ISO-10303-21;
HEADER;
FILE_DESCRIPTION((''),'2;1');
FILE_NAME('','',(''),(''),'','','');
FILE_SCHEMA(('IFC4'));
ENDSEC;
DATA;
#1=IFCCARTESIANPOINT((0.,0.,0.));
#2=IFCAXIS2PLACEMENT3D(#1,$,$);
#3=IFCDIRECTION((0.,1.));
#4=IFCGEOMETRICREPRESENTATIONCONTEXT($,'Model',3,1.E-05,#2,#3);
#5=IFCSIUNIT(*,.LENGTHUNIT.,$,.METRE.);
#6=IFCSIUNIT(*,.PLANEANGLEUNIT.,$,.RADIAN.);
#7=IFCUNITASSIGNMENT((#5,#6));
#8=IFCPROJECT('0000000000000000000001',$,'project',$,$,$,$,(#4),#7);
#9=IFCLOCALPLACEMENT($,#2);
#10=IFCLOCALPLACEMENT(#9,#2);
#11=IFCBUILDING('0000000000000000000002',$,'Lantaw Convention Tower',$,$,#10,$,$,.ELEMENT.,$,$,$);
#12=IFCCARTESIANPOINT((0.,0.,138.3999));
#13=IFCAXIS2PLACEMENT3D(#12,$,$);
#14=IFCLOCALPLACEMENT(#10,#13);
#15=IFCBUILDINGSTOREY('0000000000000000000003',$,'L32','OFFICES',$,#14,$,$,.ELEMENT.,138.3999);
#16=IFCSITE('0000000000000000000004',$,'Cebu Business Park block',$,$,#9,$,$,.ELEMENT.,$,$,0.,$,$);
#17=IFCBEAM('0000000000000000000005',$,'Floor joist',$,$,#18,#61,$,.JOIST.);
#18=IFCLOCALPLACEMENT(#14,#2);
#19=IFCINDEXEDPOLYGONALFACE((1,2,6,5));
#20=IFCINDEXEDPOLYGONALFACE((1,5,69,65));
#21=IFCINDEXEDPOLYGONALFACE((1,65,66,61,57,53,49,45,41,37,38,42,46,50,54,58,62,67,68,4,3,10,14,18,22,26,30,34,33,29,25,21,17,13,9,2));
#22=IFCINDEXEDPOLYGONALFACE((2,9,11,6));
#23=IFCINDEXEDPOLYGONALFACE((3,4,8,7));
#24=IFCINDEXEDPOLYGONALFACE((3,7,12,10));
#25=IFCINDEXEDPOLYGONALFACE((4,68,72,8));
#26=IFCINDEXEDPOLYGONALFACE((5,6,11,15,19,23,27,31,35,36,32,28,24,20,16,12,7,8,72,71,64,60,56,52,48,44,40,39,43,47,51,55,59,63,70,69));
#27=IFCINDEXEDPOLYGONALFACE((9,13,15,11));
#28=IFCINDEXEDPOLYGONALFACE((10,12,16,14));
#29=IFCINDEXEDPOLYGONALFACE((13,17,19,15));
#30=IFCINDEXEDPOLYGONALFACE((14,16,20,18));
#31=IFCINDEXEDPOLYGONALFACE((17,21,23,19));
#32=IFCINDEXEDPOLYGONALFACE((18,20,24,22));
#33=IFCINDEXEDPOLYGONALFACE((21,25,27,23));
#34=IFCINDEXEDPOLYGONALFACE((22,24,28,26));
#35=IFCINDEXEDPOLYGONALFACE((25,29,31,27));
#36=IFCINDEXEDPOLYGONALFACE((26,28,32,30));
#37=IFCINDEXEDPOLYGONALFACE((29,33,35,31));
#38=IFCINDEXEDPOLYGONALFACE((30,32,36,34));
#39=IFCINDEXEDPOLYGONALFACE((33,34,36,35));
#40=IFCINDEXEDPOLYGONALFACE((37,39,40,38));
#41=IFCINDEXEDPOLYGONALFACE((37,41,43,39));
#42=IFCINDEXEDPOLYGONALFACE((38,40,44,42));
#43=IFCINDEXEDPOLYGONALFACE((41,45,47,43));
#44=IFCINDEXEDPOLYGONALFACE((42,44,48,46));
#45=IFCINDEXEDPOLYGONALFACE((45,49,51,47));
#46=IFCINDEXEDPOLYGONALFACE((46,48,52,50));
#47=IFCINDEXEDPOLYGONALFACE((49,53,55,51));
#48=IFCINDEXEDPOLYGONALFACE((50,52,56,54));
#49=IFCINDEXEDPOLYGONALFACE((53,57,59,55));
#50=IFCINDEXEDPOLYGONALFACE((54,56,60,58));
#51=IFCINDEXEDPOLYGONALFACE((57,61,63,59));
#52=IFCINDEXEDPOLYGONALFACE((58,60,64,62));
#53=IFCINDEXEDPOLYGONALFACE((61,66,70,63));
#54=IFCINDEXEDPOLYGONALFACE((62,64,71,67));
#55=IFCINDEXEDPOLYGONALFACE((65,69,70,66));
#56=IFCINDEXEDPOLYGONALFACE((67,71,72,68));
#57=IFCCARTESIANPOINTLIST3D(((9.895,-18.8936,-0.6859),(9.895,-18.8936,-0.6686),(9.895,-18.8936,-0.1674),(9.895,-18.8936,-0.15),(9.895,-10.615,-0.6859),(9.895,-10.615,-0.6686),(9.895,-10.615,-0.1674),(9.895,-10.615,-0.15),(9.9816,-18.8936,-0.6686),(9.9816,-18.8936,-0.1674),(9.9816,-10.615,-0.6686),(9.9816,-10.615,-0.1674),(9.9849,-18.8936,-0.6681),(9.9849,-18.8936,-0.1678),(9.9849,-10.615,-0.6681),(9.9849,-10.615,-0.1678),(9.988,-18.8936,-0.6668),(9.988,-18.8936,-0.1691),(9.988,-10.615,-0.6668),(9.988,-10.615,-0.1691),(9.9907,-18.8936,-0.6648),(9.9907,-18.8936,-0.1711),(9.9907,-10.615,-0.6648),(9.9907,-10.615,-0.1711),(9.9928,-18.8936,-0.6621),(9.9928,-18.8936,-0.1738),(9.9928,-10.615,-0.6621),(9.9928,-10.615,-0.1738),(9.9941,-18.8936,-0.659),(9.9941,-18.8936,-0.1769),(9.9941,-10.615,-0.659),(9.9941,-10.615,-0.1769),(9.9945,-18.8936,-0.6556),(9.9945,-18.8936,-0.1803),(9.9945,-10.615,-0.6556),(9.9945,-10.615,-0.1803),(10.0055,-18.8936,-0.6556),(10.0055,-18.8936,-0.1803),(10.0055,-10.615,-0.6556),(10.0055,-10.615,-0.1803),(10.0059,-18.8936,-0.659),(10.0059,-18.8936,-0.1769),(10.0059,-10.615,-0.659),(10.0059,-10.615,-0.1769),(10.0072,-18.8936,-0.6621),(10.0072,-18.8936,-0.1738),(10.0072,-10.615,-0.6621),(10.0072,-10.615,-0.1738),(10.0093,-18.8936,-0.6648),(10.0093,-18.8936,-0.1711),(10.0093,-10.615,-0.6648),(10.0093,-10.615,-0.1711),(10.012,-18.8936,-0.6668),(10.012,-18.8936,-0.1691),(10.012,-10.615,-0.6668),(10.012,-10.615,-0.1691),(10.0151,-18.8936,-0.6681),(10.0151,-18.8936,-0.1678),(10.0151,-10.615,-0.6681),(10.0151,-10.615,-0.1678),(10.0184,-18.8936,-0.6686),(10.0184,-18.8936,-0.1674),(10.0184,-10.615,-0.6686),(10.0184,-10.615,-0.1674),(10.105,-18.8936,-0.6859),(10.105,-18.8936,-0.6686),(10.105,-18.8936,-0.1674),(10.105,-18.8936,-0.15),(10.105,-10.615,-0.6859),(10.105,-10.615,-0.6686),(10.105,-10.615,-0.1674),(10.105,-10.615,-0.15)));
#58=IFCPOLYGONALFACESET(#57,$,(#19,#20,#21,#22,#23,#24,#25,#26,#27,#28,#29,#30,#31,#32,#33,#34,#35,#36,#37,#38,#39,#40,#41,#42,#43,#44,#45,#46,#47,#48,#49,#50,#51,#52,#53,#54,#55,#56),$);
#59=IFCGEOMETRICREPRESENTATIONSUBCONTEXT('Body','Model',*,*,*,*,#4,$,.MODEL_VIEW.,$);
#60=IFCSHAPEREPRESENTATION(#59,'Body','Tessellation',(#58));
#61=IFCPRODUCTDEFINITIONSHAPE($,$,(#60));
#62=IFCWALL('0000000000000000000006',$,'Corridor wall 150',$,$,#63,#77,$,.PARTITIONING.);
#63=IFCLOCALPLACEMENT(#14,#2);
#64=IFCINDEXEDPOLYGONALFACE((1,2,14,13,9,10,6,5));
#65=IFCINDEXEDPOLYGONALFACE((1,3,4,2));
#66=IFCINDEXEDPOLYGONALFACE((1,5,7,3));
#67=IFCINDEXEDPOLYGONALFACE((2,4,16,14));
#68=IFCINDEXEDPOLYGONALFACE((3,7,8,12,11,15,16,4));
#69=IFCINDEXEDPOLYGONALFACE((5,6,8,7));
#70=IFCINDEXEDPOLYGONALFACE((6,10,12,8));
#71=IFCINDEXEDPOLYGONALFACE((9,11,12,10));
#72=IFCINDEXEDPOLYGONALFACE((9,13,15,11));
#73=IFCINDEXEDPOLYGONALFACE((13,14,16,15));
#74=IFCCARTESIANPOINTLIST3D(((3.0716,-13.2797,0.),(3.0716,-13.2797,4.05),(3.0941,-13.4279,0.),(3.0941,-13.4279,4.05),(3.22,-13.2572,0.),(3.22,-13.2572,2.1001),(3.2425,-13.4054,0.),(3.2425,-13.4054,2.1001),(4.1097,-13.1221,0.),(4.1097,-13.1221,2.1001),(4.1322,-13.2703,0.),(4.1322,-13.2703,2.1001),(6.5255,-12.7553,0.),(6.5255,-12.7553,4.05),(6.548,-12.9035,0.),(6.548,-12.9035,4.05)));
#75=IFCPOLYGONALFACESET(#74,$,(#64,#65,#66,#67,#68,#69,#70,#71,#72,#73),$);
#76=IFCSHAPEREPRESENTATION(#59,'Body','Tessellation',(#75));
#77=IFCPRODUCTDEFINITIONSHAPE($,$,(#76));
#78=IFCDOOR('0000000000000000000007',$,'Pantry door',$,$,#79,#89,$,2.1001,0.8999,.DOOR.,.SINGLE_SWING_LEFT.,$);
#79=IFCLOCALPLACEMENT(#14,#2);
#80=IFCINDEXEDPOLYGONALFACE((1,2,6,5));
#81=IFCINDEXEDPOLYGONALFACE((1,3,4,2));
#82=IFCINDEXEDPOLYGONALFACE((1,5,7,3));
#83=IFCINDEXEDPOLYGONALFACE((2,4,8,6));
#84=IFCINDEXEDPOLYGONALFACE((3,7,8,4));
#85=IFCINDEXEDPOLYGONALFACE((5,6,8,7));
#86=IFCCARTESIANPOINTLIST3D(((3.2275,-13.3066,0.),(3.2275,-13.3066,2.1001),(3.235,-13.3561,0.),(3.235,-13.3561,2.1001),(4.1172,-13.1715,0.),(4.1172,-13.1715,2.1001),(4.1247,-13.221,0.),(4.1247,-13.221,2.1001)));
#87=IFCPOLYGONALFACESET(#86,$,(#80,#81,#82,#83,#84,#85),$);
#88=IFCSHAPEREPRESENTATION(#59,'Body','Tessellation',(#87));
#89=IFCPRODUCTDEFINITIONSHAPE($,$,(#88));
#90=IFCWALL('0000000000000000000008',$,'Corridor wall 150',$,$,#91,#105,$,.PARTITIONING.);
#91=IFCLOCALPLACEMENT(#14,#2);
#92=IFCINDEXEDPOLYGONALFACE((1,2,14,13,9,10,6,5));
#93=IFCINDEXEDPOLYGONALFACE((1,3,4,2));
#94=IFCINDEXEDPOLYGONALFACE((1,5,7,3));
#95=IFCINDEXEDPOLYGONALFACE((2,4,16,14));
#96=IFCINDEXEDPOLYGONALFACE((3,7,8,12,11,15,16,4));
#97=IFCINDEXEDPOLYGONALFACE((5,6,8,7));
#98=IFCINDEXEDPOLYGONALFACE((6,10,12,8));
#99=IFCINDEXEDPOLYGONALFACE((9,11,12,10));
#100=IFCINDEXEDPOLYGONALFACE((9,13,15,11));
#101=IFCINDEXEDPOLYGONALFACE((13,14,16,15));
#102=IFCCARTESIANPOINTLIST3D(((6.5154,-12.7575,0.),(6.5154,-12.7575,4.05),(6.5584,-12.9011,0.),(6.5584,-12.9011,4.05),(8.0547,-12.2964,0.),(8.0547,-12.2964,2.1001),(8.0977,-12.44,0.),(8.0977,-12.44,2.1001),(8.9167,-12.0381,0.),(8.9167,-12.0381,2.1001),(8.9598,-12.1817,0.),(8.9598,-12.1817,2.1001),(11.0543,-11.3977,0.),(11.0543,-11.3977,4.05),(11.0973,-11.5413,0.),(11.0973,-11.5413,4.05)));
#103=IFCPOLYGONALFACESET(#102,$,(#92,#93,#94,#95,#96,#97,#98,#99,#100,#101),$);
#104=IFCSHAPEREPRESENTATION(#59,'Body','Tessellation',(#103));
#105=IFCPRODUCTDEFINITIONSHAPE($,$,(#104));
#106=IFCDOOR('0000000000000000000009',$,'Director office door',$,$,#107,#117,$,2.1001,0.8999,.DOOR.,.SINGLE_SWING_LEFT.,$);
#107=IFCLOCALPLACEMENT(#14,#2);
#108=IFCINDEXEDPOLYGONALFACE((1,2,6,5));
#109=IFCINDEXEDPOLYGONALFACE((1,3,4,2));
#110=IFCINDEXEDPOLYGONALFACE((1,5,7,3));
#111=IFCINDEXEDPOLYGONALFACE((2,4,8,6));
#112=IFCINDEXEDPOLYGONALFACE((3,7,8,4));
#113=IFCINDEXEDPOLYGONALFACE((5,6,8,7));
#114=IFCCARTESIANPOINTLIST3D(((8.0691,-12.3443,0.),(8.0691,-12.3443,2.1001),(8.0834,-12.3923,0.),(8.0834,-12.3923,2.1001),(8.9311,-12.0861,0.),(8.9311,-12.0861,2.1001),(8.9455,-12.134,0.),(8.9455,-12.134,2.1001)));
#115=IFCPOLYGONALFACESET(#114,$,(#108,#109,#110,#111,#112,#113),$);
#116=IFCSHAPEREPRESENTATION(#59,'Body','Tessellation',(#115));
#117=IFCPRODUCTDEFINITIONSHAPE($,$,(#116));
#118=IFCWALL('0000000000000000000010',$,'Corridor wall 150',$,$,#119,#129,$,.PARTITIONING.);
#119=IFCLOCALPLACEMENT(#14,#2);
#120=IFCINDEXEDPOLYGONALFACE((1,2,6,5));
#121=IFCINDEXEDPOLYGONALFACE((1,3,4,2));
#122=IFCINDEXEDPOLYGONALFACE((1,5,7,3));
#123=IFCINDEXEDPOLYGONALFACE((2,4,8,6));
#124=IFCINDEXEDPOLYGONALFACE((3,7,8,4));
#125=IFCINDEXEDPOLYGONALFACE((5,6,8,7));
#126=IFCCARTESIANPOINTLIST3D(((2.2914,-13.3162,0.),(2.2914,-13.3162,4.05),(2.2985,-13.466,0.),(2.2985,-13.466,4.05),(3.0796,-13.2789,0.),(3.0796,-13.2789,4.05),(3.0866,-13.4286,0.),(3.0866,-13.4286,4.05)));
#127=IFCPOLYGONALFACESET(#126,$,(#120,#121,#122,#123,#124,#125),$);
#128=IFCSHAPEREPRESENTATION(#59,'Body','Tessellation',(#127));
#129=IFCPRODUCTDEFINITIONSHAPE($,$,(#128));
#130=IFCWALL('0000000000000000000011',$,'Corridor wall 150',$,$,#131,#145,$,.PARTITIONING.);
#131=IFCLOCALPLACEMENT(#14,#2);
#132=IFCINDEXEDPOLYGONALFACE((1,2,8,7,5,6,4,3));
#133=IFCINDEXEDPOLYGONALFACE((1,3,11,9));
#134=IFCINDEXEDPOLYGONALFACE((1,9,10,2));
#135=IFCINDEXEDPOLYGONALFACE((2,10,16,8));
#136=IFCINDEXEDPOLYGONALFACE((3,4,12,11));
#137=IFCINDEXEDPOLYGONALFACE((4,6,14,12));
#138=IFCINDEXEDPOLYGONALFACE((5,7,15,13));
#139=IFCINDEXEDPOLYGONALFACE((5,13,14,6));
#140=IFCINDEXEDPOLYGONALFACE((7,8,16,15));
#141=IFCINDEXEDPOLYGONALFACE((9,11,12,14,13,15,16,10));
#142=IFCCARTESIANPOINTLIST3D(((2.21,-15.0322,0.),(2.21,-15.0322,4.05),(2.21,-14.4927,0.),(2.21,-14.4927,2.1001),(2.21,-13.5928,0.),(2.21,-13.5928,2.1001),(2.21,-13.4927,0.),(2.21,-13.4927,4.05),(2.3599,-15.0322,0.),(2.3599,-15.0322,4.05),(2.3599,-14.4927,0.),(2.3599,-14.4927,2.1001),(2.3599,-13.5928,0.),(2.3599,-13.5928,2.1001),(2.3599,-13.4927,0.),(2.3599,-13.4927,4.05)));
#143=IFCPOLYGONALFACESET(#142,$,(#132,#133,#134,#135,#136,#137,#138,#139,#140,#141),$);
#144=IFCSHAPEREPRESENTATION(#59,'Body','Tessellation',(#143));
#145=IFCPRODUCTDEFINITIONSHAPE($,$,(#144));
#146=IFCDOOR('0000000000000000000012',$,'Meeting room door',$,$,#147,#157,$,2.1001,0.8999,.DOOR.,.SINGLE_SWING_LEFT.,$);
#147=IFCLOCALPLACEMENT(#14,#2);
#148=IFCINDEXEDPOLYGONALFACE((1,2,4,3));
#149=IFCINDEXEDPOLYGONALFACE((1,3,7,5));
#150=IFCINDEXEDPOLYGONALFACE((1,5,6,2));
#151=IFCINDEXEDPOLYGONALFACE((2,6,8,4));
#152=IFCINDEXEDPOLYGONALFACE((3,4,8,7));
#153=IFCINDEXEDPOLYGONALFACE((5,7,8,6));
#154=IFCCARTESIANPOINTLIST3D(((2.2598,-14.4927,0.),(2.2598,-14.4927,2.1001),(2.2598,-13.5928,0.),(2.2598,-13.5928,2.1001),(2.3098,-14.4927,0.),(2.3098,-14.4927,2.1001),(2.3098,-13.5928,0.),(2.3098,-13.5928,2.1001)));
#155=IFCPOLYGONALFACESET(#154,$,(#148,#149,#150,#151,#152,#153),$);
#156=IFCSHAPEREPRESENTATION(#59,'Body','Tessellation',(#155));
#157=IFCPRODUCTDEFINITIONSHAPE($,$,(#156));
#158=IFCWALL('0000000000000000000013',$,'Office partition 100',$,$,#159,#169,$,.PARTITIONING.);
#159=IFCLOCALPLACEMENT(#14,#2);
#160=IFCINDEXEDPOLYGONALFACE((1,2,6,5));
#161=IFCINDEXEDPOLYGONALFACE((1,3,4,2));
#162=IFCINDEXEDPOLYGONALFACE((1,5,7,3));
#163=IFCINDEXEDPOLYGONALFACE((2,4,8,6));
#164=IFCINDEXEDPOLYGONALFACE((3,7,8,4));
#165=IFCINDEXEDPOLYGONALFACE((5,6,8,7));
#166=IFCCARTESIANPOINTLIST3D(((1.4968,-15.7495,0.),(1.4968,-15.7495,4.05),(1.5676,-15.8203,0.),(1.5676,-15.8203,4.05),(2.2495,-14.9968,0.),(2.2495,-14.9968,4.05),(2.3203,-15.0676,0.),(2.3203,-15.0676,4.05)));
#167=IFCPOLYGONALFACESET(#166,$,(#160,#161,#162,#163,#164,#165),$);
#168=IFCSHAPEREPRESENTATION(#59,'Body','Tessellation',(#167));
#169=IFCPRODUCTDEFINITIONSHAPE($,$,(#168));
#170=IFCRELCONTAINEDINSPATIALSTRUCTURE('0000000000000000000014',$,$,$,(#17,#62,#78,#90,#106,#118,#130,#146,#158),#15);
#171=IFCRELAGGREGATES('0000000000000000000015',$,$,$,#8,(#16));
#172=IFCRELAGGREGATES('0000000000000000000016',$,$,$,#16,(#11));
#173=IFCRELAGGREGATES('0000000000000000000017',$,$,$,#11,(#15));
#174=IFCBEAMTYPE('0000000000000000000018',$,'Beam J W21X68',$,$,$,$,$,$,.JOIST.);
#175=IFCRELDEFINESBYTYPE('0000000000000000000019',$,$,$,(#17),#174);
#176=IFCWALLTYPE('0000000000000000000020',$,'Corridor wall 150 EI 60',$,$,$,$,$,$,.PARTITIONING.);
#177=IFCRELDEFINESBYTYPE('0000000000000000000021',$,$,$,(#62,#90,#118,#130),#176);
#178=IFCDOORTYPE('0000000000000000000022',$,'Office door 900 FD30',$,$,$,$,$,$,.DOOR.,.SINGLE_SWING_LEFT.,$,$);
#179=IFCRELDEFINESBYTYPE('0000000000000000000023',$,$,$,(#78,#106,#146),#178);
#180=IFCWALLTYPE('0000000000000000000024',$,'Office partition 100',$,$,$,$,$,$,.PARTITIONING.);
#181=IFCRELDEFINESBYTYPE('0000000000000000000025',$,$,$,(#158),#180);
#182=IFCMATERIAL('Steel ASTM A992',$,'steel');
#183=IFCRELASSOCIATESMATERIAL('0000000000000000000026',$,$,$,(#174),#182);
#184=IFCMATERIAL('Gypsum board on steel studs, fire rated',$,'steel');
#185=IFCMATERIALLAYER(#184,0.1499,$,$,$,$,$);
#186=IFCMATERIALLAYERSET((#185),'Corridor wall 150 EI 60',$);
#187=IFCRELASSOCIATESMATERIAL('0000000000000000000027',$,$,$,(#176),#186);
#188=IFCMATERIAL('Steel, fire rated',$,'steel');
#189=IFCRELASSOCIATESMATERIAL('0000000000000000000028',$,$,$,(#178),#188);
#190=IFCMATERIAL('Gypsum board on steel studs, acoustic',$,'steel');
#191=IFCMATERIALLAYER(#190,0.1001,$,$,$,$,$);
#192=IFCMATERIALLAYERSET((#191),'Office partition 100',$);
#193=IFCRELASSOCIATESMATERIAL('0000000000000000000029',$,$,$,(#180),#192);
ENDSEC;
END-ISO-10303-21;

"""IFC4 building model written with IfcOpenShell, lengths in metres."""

from ifc_helpers import new_model, si_unit, direction, frame, frame_2d, origin, origin_2d, place, context, subcontext, project, spatial, rectangle, i_section, extrude, material, layer, layer_set, material_profile, profile_set, type_object, element, fill, save


model = new_model("IFC4")

# Units and contexts
model_context = context("Model", 3, precision=1e-05, world=origin(), true_north=direction((0.0, 1.0)))
body_context = subcontext(model_context, "Body", "Model", "MODEL_VIEW")
ifc_project = project(units=[si_unit("LENGTHUNIT", "METRE"), si_unit("PLANEANGLEUNIT", "RADIAN")], contexts=[model_context])

# Site, building, storey
site_placement = place(None, origin())
site = spatial("IfcSite", under=ifc_project, at=site_placement, Name="Cebu Business Park block", CompositionType="ELEMENT", RefElevation=0.0)
building_placement = place(site_placement, origin())
building = spatial("IfcBuilding", under=site, at=building_placement, Name="Lantaw Convention Tower", CompositionType="ELEMENT")
storey_placement = place(building_placement, frame((0.0, 0.0, 138.3999)))
storey = spatial("IfcBuildingStorey", under=building, at=storey_placement, Name="L32", Description="OFFICES", CompositionType="ELEMENT", Elevation=138.3999)

# Beam
ifc_material_1 = material(Name="Steel ASTM A992", Category="steel")
ifc_material_profile_1 = material_profile(ifc_material_1, i_section(OverallWidth=0.21, OverallDepth=0.5359, WebThickness=0.011, FlangeThickness=0.0173, FilletRadius=0.0129, at=origin_2d()), Name="W21X68")
ifc_profile_set_1 = profile_set([ifc_material_profile_1], Name="Steel ASTM A992")
beam_type_1 = type_object("IfcBeamType", Name="Beam J W21X68", PredefinedType="JOIST", material=ifc_profile_set_1)
beam_1_placement = place(storey_placement, frame((10.0, -18.8936, -0.418), z_axis=(0.0, 1.0, 0.0), x_axis=(-1.0, 0.0, 0.0)))
element("IfcBeam", 1, at=beam_1_placement, inside=storey, type_object=beam_type_1, Name="Floor joist", PredefinedType="JOIST", context=body_context, shape_type="SweptSolid", body=[
    extrude(i_section(OverallWidth=0.21, OverallDepth=0.5359, WebThickness=0.011, FlangeThickness=0.0173, FilletRadius=0.0129, at=origin_2d()), origin(), (0.0, 0.0, 1.0), 8.2786),
])

# Walls, openings, doors
ifc_material_2 = material(Name="Gypsum board on steel studs, fire rated", Category="steel")
ifc_layer_1 = layer(ifc_material_2, 0.1499)
ifc_layer_set_1 = layer_set([ifc_layer_1], Name="Corridor wall 150 EI 60")
wall_type_1 = type_object("IfcWallType", Name="Corridor wall 150 EI 60", PredefinedType="PARTITIONING", material=ifc_layer_set_1)
wall_1_placement = place(storey_placement, frame((3.083, -13.3538, 0.0), z_axis=(0.0, 0.0, 1.0), x_axis=(0.988669, 0.150114, 0.0)))
wall_1 = element("IfcWall", 2, at=wall_1_placement, inside=storey, type_object=wall_type_1, Name="Corridor wall 150", PredefinedType="PARTITIONING", context=body_context, shape_type="SweptSolid", body=[
    extrude(rectangle(XDim=3.4934, YDim=0.1499, at=frame_2d((1.7466, 0.0))), origin(), (0.0, 0.0, 1.0), 4.05),
])
opening_1_placement = place(wall_1_placement, frame((0.1499, 0.0, 0.0)))
opening_1 = element("IfcOpeningElement", 3, at=opening_1_placement, cuts=wall_1, PredefinedType="OPENING", context=body_context, shape_type="SweptSolid", body=[
    extrude(rectangle(XDim=0.8999, YDim=2.1001, at=frame_2d((0.45, 1.05))), frame((0.0, 0.085, 0.0), z_axis=(0.0, -1.0, 0.0), x_axis=(1.0, 0.0, 0.0)), (0.0, 0.0, 1.0), 0.1699),
])
ifc_material_3 = material(Name="Steel, fire rated", Category="steel")
door_type_1 = type_object("IfcDoorType", Name="Office door 900 FD30", OperationType="SINGLE_SWING_LEFT", PredefinedType="DOOR", material=ifc_material_3)
door_1_placement = place(opening_1_placement, origin())
door_1 = element("IfcDoor", 4, at=door_1_placement, inside=storey, type_object=door_type_1, Name="Pantry door", OperationType="SINGLE_SWING_LEFT", OverallHeight=2.1001, OverallWidth=0.8999, PredefinedType="DOOR", context=body_context, shape_type="SweptSolid", body=[
    extrude(rectangle(XDim=0.8999, YDim=2.1001, at=frame_2d((0.45, 1.05))), frame((0.0, 0.0249, 0.0), z_axis=(0.0, -1.0, 0.0), x_axis=(1.0, 0.0, 0.0)), (0.0, 0.0, 1.0), 0.05),
])
fill(opening_1, door_1)
wall_2_placement = place(storey_placement, frame((6.5369, -12.8293, 0.0), z_axis=(0.0, 0.0, 1.0), x_axis=(0.957934, 0.286989, 0.0)))
wall_2 = element("IfcWall", 5, at=wall_2_placement, inside=storey, type_object=wall_type_1, Name="Corridor wall 150", PredefinedType="PARTITIONING", context=body_context, shape_type="SweptSolid", body=[
    extrude(rectangle(XDim=4.7383, YDim=0.1499, at=frame_2d((2.3691, 0.0))), origin(), (0.0, 0.0, 1.0), 4.05),
])
opening_2_placement = place(wall_2_placement, frame((1.6069, 0.0, 0.0)))
opening_2 = element("IfcOpeningElement", 6, at=opening_2_placement, cuts=wall_2, PredefinedType="OPENING", context=body_context, shape_type="SweptSolid", body=[
    extrude(rectangle(XDim=0.8999, YDim=2.1001, at=frame_2d((0.45, 1.05))), frame((0.0, 0.085, 0.0), z_axis=(0.0, -1.0, 0.0), x_axis=(1.0, 0.0, 0.0)), (0.0, 0.0, 1.0), 0.1699),
])
door_2_placement = place(opening_2_placement, origin())
door_2 = element("IfcDoor", 7, at=door_2_placement, inside=storey, type_object=door_type_1, Name="Director office door", OperationType="SINGLE_SWING_LEFT", OverallHeight=2.1001, OverallWidth=0.8999, PredefinedType="DOOR", context=body_context, shape_type="SweptSolid", body=[
    extrude(rectangle(XDim=0.8999, YDim=2.1001, at=frame_2d((0.45, 1.05))), frame((0.0, 0.0249, 0.0), z_axis=(0.0, -1.0, 0.0), x_axis=(1.0, 0.0, 0.0)), (0.0, 0.0, 1.0), 0.05),
])
fill(opening_2, door_2)

# Wall
wall_3_placement = place(storey_placement, frame((2.2949, -13.3911, 0.0), z_axis=(0.0, 0.0, 1.0), x_axis=(0.998879, 0.047345, 0.0)))
element("IfcWall", 8, at=wall_3_placement, inside=storey, type_object=wall_type_1, Name="Corridor wall 150", PredefinedType="PARTITIONING", context=body_context, shape_type="SweptSolid", body=[
    extrude(rectangle(XDim=0.7891, YDim=0.1499, at=frame_2d((0.3945, 0.0))), origin(), (0.0, 0.0, 1.0), 4.05),
])

# Wall, opening, door
wall_4_placement = place(storey_placement, frame((2.2849, -13.4927, 0.0), z_axis=(0.0, 0.0, 1.0), x_axis=(0.0, -1.0, 0.0)))
wall_4 = element("IfcWall", 9, at=wall_4_placement, inside=storey, type_object=wall_type_1, Name="Corridor wall 150", PredefinedType="PARTITIONING", context=body_context, shape_type="SweptSolid", body=[
    extrude(rectangle(XDim=1.5396, YDim=0.1499, at=frame_2d((0.7698, 0.0))), origin(), (0.0, 0.0, 1.0), 4.05),
])
opening_3_placement = place(wall_4_placement, frame((0.1001, 0.0, 0.0)))
opening_3 = element("IfcOpeningElement", 10, at=opening_3_placement, cuts=wall_4, PredefinedType="OPENING", context=body_context, shape_type="SweptSolid", body=[
    extrude(rectangle(XDim=0.8999, YDim=2.1001, at=frame_2d((0.45, 1.05))), frame((0.0, 0.085, 0.0), z_axis=(0.0, -1.0, 0.0), x_axis=(1.0, 0.0, 0.0)), (0.0, 0.0, 1.0), 0.1699),
])
door_3_placement = place(opening_3_placement, origin())
door_3 = element("IfcDoor", 11, at=door_3_placement, inside=storey, type_object=door_type_1, Name="Meeting room door", OperationType="SINGLE_SWING_LEFT", OverallHeight=2.1001, OverallWidth=0.8999, PredefinedType="DOOR", context=body_context, shape_type="SweptSolid", body=[
    extrude(rectangle(XDim=0.8999, YDim=2.1001, at=frame_2d((0.45, 1.05))), frame((0.0, 0.0249, 0.0), z_axis=(0.0, -1.0, 0.0), x_axis=(1.0, 0.0, 0.0)), (0.0, 0.0, 1.0), 0.05),
])
fill(opening_3, door_3)

# Wall
ifc_material_4 = material(Name="Gypsum board on steel studs, acoustic", Category="steel")
ifc_layer_2 = layer(ifc_material_4, 0.1001)
ifc_layer_set_2 = layer_set([ifc_layer_2], Name="Office partition 100")
wall_type_2 = type_object("IfcWallType", Name="Office partition 100", PredefinedType="PARTITIONING", material=ifc_layer_set_2)
wall_5_placement = place(storey_placement, frame((2.2849, -15.0322, 0.0), z_axis=(0.0, 0.0, 1.0), x_axis=(-0.707107, -0.707107, 0.0)))
element("IfcWall", 12, at=wall_5_placement, inside=storey, type_object=wall_type_2, Name="Office partition 100", PredefinedType="PARTITIONING", context=body_context, shape_type="SweptSolid", body=[
    extrude(rectangle(XDim=1.0645, YDim=0.1001, at=frame_2d((0.5322, 0.0))), origin(), (0.0, 0.0, 1.0), 4.05),
])

save(model, "model.ifc")
